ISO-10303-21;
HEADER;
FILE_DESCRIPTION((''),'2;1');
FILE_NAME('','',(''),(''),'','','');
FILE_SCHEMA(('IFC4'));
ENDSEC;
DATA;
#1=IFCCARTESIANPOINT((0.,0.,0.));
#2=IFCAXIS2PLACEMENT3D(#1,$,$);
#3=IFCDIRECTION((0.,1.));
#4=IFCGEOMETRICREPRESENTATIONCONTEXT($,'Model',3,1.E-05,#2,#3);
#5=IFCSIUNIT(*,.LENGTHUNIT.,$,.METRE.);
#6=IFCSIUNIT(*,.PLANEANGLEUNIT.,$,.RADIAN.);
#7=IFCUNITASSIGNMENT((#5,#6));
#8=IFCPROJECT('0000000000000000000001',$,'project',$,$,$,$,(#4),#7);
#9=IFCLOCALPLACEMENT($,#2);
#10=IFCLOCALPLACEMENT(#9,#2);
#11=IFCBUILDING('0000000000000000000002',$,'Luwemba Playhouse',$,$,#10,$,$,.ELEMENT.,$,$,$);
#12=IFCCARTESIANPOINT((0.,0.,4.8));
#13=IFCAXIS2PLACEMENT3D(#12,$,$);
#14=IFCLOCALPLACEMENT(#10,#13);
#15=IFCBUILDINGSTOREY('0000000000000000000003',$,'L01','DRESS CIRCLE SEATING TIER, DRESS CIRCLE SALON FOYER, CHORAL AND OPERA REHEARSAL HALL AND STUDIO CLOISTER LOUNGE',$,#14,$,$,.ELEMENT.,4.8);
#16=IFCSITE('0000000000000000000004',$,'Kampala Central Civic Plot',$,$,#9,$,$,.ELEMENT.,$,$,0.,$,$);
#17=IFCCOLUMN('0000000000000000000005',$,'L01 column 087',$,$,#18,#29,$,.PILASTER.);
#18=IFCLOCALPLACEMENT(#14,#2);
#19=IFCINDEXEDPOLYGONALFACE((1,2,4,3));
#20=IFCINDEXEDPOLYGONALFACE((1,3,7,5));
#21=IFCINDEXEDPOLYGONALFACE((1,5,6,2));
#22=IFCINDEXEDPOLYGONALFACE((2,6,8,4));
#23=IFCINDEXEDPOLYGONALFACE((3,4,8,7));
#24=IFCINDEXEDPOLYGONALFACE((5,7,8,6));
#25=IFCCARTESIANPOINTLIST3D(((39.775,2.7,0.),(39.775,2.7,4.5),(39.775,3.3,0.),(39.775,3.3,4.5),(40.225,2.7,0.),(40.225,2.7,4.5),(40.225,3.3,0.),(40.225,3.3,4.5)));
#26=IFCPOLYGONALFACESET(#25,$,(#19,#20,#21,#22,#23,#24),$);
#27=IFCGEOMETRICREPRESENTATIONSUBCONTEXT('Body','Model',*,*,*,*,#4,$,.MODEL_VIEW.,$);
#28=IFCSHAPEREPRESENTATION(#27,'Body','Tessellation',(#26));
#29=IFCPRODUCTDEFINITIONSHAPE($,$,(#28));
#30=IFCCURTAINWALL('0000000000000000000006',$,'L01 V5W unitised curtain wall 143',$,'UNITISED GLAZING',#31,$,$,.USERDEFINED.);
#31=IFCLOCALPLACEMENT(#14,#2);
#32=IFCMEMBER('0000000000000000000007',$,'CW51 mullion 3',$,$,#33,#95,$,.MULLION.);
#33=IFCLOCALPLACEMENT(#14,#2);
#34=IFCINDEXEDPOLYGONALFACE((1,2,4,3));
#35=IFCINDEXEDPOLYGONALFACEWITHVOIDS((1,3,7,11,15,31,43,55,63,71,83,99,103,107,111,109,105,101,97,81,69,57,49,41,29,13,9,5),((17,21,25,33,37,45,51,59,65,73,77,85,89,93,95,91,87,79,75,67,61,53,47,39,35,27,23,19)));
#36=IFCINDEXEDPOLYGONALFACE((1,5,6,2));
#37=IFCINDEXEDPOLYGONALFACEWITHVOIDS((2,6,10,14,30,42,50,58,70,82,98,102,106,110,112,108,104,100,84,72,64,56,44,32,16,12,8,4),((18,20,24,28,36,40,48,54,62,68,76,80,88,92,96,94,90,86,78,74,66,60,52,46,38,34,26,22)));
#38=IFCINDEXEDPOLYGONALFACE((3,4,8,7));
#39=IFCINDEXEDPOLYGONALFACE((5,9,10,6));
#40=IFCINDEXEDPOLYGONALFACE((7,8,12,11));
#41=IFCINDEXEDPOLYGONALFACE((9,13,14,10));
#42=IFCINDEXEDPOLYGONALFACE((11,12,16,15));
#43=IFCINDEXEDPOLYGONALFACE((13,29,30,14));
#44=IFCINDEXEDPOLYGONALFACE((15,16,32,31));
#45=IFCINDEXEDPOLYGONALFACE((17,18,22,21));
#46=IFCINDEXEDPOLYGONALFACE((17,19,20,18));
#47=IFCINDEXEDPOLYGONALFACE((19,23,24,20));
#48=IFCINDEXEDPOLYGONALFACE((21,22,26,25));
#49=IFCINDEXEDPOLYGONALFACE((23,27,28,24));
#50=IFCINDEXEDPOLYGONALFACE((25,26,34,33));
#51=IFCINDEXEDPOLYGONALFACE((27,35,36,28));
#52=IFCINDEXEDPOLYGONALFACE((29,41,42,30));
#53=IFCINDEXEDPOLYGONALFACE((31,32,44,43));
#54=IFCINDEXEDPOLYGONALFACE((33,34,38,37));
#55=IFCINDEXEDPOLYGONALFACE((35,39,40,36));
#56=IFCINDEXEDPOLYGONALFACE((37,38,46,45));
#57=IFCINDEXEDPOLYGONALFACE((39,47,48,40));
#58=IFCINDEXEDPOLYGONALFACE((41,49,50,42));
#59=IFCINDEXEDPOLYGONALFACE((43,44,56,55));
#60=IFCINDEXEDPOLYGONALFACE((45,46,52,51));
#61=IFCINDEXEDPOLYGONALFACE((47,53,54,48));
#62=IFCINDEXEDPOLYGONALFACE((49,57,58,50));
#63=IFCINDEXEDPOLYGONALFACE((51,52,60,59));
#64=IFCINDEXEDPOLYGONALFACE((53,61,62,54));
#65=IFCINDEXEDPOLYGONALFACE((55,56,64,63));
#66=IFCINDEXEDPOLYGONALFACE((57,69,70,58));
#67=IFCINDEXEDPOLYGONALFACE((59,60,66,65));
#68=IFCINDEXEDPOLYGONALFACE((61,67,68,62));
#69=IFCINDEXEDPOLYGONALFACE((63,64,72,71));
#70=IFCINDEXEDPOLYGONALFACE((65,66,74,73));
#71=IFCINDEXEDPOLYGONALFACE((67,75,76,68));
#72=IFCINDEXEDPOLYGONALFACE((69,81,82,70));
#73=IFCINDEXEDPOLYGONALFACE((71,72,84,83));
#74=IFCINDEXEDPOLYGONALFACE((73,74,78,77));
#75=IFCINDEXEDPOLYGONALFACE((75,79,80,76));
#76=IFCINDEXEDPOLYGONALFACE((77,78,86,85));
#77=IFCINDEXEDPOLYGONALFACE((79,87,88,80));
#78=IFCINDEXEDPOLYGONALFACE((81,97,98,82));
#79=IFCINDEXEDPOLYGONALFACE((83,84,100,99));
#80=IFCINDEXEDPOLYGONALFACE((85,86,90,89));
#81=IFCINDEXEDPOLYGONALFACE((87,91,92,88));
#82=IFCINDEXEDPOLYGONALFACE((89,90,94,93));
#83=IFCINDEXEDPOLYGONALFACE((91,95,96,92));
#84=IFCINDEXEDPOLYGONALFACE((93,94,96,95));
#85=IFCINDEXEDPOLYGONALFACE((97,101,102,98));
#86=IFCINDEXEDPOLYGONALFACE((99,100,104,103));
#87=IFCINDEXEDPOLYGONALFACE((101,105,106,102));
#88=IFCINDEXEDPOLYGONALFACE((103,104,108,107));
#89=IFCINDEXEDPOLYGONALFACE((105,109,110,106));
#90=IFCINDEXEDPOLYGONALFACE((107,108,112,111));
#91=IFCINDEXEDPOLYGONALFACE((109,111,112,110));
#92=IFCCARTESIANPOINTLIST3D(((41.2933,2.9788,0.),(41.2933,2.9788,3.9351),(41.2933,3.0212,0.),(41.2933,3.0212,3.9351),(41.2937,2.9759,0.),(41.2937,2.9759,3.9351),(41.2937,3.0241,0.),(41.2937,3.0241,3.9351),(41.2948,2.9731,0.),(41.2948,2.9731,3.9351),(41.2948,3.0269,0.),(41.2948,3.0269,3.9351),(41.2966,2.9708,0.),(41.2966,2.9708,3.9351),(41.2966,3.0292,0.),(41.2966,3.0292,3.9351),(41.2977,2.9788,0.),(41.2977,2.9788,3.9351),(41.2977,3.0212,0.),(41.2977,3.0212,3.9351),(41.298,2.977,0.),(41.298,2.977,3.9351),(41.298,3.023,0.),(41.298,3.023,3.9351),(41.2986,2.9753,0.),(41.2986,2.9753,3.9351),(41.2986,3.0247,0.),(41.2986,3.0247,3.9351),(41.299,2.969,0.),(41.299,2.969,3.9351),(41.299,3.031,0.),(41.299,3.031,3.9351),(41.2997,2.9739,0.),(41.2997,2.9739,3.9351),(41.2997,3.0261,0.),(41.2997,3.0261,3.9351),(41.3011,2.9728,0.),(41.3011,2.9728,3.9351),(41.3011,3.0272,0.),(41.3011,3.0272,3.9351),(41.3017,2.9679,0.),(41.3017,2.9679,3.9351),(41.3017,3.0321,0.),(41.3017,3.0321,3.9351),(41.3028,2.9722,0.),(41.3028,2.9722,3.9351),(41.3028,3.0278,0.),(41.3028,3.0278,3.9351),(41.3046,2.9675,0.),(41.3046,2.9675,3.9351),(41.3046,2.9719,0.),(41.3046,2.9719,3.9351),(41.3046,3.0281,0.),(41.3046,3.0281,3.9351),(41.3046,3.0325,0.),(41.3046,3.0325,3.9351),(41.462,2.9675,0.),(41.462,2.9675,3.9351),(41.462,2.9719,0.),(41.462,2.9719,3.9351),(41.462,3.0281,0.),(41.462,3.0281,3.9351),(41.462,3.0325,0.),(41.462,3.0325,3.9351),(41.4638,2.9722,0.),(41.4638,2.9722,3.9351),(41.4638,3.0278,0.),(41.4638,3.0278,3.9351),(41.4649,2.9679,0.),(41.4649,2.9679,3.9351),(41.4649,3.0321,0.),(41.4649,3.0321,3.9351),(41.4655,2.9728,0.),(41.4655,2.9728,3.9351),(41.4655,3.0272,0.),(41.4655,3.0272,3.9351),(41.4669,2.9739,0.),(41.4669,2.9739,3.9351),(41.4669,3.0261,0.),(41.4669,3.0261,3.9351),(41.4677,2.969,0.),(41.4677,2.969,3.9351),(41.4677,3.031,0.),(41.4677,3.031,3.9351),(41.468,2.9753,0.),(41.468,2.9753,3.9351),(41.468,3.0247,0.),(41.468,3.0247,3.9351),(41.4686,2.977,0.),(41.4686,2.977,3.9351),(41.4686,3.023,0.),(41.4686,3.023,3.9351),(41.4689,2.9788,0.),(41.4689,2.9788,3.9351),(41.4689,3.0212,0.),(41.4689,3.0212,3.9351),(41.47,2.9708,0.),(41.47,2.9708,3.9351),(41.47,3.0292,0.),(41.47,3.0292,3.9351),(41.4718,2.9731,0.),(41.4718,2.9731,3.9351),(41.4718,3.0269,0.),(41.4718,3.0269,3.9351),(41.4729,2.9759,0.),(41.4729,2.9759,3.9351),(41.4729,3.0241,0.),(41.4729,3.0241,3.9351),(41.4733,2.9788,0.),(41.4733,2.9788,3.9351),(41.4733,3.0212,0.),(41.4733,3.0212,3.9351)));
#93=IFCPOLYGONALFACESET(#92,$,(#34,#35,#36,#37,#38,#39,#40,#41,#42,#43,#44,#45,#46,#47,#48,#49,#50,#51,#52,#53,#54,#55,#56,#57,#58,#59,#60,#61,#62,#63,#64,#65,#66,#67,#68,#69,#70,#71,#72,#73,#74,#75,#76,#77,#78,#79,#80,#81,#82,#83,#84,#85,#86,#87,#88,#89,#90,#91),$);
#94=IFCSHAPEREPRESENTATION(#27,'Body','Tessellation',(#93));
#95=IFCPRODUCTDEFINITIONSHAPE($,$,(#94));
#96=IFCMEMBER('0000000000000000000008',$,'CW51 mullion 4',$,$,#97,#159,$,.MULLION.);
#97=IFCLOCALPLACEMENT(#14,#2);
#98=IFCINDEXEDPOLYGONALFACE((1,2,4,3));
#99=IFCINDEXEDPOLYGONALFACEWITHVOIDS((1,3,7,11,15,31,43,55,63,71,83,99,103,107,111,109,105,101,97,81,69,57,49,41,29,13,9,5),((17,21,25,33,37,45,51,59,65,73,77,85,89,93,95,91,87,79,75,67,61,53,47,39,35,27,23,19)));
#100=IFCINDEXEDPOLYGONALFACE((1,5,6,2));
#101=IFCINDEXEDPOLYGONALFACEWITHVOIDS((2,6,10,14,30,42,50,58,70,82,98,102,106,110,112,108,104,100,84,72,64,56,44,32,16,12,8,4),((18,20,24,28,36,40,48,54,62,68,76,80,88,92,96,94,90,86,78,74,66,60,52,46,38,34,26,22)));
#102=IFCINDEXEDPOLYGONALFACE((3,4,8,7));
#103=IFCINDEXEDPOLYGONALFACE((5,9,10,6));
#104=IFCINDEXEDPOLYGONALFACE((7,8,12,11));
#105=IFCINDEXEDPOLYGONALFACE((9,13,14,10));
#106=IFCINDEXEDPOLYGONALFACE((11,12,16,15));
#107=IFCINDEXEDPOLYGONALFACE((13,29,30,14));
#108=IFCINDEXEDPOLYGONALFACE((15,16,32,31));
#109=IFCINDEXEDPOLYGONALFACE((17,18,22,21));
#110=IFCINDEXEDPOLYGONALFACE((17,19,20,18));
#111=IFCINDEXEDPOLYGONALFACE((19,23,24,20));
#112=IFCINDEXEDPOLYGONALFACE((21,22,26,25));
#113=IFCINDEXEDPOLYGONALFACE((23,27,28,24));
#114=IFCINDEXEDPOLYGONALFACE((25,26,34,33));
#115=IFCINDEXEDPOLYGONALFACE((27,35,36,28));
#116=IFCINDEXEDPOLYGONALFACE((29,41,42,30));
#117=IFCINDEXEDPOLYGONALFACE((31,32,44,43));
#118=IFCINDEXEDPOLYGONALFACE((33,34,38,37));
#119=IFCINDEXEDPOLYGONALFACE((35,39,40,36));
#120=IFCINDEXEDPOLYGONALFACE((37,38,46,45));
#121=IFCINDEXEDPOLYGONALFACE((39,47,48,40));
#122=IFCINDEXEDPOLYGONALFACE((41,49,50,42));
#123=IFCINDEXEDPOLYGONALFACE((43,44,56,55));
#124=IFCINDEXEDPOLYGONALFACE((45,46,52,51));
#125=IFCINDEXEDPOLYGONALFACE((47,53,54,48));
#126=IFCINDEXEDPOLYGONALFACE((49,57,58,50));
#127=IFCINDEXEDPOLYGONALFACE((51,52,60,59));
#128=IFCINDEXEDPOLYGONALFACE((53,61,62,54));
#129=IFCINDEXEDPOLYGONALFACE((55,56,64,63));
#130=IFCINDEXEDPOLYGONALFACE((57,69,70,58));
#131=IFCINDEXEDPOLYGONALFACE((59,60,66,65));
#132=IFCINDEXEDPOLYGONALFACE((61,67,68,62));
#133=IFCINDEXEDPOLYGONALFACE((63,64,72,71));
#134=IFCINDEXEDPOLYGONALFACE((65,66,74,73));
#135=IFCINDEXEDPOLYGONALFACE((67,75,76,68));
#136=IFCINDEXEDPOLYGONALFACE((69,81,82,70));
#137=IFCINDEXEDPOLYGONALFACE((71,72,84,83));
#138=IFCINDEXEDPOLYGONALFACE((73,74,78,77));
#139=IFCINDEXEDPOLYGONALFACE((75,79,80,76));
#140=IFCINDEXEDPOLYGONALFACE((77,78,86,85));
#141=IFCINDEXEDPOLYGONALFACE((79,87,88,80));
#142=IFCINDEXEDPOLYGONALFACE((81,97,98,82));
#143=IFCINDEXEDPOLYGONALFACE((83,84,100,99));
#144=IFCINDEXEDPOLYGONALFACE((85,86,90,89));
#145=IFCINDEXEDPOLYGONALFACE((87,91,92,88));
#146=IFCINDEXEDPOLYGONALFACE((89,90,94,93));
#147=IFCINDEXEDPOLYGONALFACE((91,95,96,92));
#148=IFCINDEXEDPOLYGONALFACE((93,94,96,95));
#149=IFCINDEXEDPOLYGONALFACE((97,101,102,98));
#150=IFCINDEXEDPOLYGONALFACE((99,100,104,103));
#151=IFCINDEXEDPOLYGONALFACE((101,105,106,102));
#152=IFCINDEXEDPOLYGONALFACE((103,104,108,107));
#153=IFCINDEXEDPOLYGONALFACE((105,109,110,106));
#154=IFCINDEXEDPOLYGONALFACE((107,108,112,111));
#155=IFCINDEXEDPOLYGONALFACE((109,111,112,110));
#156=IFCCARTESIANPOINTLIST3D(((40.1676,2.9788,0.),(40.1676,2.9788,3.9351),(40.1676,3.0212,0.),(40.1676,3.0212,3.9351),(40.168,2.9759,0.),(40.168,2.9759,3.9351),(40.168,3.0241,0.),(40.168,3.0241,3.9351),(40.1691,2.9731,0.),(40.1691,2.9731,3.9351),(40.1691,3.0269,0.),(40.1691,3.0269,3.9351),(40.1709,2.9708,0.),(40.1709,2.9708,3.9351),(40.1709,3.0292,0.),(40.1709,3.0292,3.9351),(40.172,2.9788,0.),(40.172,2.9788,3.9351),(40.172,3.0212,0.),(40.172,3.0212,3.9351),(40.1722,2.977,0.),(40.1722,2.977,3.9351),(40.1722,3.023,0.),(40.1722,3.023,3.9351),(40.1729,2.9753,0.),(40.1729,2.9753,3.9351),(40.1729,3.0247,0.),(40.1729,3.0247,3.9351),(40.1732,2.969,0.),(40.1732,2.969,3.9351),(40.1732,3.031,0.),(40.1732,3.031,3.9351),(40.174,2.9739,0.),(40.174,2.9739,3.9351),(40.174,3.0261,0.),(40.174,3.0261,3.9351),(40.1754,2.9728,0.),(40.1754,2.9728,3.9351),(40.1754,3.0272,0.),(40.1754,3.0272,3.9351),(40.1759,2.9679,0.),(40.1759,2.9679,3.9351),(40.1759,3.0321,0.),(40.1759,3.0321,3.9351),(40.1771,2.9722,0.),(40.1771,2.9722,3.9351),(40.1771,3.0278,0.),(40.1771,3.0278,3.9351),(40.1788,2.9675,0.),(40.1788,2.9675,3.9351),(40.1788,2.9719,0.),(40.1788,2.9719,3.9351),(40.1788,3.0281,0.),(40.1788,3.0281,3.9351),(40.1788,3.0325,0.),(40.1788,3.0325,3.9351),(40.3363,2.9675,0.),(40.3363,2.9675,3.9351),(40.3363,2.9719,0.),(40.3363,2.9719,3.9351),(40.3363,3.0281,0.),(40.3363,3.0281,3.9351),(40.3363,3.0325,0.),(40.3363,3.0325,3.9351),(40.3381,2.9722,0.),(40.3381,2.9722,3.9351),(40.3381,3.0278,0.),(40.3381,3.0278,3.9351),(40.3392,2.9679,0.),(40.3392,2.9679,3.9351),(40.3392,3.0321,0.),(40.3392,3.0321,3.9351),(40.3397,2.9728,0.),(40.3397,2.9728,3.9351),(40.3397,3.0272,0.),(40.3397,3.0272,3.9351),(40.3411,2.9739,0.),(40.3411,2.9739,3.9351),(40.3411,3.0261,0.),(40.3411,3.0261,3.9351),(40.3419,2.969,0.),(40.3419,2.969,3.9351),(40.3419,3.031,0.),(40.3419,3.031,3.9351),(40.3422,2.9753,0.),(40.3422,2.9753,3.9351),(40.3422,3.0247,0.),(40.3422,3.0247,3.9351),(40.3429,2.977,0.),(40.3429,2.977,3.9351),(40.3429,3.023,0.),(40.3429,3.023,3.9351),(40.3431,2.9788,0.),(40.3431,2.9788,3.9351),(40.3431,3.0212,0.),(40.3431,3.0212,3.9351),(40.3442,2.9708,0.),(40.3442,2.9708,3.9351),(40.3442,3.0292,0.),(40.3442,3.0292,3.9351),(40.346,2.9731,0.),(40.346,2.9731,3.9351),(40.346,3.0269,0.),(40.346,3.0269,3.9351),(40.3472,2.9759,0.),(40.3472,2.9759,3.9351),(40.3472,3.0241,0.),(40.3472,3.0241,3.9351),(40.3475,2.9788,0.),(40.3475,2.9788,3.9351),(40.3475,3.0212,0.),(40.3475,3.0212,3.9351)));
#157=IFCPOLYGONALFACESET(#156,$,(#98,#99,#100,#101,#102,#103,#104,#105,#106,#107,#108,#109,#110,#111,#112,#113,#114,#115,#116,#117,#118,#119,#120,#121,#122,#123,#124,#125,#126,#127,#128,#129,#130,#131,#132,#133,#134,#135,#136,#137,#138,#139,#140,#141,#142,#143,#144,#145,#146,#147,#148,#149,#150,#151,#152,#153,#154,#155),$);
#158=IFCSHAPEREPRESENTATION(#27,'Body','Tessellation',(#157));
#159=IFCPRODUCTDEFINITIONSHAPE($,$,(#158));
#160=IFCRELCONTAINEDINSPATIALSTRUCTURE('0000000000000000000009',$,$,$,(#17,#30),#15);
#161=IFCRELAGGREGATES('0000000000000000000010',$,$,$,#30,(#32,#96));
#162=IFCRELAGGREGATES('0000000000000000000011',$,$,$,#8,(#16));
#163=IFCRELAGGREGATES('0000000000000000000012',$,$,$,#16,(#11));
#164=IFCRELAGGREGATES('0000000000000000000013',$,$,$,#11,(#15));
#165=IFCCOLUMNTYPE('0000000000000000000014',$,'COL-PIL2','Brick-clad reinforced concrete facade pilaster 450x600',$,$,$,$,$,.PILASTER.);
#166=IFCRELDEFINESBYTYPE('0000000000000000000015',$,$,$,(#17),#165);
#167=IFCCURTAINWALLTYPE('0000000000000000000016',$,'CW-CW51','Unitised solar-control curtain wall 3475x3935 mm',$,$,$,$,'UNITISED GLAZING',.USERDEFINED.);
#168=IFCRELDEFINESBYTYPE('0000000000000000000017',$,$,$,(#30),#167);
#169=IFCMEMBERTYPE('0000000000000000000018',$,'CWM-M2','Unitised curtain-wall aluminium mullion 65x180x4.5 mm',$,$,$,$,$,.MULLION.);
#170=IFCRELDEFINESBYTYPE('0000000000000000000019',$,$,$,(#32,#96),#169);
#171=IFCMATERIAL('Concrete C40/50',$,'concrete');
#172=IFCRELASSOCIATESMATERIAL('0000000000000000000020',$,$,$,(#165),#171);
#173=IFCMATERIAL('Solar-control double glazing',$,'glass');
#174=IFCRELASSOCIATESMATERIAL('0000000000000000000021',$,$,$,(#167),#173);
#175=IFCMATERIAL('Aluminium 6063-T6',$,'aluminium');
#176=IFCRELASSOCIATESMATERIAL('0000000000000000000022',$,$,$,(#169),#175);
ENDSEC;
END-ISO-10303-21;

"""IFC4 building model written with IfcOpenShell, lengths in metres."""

from ifc_helpers import new_model, si_unit, direction, frame, origin, origin_2d, place, context, subcontext, project, spatial, rectangle, hollow_rectangle, extrude, material, material_profile, profile_set, type_object, element, aggregate, save


model = new_model("IFC4")

# Units and contexts
model_context = context("Model", 3, precision=1e-05, world=origin(), true_north=direction((0.0, 1.0)))
body_context = subcontext(model_context, "Body", "Model", "MODEL_VIEW")
ifc_project = project(units=[si_unit("LENGTHUNIT", "METRE"), si_unit("PLANEANGLEUNIT", "RADIAN")], contexts=[model_context])

# Site, building, storey
site_placement = place(None, origin())
site = spatial("IfcSite", under=ifc_project, at=site_placement, Name="Kampala Central Civic Plot", CompositionType="ELEMENT", RefElevation=0.0)
building_placement = place(site_placement, origin())
building = spatial("IfcBuilding", under=site, at=building_placement, Name="Luwemba Playhouse", CompositionType="ELEMENT")
storey_placement = place(building_placement, frame((0.0, 0.0, 4.8)))
storey = spatial("IfcBuildingStorey", under=building, at=storey_placement, Name="L01", Description="DRESS CIRCLE SEATING TIER, DRESS CIRCLE SALON FOYER, CHORAL AND OPERA REHEARSAL HALL AND STUDIO CLOISTER LOUNGE", CompositionType="ELEMENT", Elevation=4.8)

# Column
ifc_material_1 = material(Name="Concrete C40/50", Category="concrete")
ifc_material_profile_1 = material_profile(ifc_material_1, rectangle(XDim=0.45, YDim=0.6001, at=origin_2d()))
ifc_profile_set_1 = profile_set([ifc_material_profile_1], Name="Concrete C40/50")
column_type = type_object("IfcColumnType", Name="COL-PIL2", Description="Brick-clad reinforced concrete facade pilaster 450x600", PredefinedType="PILASTER", material=ifc_profile_set_1)
column_placement = place(storey_placement, frame((40.0, 3.0, 0.0), z_axis=(0.0, 0.0, 1.0), x_axis=(1.0, 0.0, 0.0)))
element("IfcColumn", 1, at=column_placement, inside=storey, type_object=column_type, Name="L01 column 087", PredefinedType="PILASTER", context=body_context, shape_type="SweptSolid", body=[
    extrude(rectangle(XDim=0.45, YDim=0.6001, at=origin_2d()), origin(), (0.0, 0.0, 1.0), 4.5),
])

# Curtain wall, members
ifc_material_2 = material(Name="Solar-control double glazing", Category="glass")
curtain_wall_type_1 = type_object("IfcCurtainWallType", Name="CW-CW51", Description="Unitised solar-control curtain wall 3475x3935 mm", ElementType="UNITISED GLAZING", PredefinedType="USERDEFINED", material=ifc_material_2)
curtain_wall_1_placement = place(storey_placement, origin())
curtain_wall_1 = element("IfcCurtainWall", 2, at=curtain_wall_1_placement, inside=storey, type_object=curtain_wall_type_1, Name="L01 V5W unitised curtain wall 143", ObjectType="UNITISED GLAZING", PredefinedType="USERDEFINED")
ifc_material_3 = material(Name="Aluminium 6063-T6", Category="aluminium")
ifc_material_profile_2 = material_profile(ifc_material_3, hollow_rectangle(XDim=0.0649, YDim=0.1799, WallThickness=0.0044, InnerFilletRadius=0.0068, OuterFilletRadius=0.0112, at=origin_2d()))
ifc_profile_set_2 = profile_set([ifc_material_profile_2], Name="Aluminium 6063-T6")
member_type_1 = type_object("IfcMemberType", Name="CWM-M2", Description="Unitised curtain-wall aluminium mullion 65x180x4.5 mm", PredefinedType="MULLION", material=ifc_profile_set_2)
member_1_placement = place(storey_placement, frame((41.3833, 3.0, 0.0), z_axis=(0.0, 0.0, 1.0), x_axis=(0.0, -1.0, 0.0)))
member_1 = element("IfcMember", 3, at=member_1_placement, type_object=member_type_1, Name="CW51 mullion 3", PredefinedType="MULLION", context=body_context, shape_type="SweptSolid", body=[
    extrude(hollow_rectangle(XDim=0.0649, YDim=0.1799, WallThickness=0.0044, InnerFilletRadius=0.0068, OuterFilletRadius=0.0112, at=origin_2d()), origin(), (0.0, 0.0, 1.0), 3.9351),
])
member_2_placement = place(storey_placement, frame((40.2576, 3.0, 0.0), z_axis=(0.0, 0.0, 1.0), x_axis=(0.0, -1.0, 0.0)))
member_2 = element("IfcMember", 4, at=member_2_placement, type_object=member_type_1, Name="CW51 mullion 4", PredefinedType="MULLION", context=body_context, shape_type="SweptSolid", body=[
    extrude(hollow_rectangle(XDim=0.0649, YDim=0.1799, WallThickness=0.0044, InnerFilletRadius=0.0068, OuterFilletRadius=0.0112, at=origin_2d()), origin(), (0.0, 0.0, 1.0), 3.9351),
])

aggregate(curtain_wall_1, [member_1, member_2])

save(model, "model.ifc")
